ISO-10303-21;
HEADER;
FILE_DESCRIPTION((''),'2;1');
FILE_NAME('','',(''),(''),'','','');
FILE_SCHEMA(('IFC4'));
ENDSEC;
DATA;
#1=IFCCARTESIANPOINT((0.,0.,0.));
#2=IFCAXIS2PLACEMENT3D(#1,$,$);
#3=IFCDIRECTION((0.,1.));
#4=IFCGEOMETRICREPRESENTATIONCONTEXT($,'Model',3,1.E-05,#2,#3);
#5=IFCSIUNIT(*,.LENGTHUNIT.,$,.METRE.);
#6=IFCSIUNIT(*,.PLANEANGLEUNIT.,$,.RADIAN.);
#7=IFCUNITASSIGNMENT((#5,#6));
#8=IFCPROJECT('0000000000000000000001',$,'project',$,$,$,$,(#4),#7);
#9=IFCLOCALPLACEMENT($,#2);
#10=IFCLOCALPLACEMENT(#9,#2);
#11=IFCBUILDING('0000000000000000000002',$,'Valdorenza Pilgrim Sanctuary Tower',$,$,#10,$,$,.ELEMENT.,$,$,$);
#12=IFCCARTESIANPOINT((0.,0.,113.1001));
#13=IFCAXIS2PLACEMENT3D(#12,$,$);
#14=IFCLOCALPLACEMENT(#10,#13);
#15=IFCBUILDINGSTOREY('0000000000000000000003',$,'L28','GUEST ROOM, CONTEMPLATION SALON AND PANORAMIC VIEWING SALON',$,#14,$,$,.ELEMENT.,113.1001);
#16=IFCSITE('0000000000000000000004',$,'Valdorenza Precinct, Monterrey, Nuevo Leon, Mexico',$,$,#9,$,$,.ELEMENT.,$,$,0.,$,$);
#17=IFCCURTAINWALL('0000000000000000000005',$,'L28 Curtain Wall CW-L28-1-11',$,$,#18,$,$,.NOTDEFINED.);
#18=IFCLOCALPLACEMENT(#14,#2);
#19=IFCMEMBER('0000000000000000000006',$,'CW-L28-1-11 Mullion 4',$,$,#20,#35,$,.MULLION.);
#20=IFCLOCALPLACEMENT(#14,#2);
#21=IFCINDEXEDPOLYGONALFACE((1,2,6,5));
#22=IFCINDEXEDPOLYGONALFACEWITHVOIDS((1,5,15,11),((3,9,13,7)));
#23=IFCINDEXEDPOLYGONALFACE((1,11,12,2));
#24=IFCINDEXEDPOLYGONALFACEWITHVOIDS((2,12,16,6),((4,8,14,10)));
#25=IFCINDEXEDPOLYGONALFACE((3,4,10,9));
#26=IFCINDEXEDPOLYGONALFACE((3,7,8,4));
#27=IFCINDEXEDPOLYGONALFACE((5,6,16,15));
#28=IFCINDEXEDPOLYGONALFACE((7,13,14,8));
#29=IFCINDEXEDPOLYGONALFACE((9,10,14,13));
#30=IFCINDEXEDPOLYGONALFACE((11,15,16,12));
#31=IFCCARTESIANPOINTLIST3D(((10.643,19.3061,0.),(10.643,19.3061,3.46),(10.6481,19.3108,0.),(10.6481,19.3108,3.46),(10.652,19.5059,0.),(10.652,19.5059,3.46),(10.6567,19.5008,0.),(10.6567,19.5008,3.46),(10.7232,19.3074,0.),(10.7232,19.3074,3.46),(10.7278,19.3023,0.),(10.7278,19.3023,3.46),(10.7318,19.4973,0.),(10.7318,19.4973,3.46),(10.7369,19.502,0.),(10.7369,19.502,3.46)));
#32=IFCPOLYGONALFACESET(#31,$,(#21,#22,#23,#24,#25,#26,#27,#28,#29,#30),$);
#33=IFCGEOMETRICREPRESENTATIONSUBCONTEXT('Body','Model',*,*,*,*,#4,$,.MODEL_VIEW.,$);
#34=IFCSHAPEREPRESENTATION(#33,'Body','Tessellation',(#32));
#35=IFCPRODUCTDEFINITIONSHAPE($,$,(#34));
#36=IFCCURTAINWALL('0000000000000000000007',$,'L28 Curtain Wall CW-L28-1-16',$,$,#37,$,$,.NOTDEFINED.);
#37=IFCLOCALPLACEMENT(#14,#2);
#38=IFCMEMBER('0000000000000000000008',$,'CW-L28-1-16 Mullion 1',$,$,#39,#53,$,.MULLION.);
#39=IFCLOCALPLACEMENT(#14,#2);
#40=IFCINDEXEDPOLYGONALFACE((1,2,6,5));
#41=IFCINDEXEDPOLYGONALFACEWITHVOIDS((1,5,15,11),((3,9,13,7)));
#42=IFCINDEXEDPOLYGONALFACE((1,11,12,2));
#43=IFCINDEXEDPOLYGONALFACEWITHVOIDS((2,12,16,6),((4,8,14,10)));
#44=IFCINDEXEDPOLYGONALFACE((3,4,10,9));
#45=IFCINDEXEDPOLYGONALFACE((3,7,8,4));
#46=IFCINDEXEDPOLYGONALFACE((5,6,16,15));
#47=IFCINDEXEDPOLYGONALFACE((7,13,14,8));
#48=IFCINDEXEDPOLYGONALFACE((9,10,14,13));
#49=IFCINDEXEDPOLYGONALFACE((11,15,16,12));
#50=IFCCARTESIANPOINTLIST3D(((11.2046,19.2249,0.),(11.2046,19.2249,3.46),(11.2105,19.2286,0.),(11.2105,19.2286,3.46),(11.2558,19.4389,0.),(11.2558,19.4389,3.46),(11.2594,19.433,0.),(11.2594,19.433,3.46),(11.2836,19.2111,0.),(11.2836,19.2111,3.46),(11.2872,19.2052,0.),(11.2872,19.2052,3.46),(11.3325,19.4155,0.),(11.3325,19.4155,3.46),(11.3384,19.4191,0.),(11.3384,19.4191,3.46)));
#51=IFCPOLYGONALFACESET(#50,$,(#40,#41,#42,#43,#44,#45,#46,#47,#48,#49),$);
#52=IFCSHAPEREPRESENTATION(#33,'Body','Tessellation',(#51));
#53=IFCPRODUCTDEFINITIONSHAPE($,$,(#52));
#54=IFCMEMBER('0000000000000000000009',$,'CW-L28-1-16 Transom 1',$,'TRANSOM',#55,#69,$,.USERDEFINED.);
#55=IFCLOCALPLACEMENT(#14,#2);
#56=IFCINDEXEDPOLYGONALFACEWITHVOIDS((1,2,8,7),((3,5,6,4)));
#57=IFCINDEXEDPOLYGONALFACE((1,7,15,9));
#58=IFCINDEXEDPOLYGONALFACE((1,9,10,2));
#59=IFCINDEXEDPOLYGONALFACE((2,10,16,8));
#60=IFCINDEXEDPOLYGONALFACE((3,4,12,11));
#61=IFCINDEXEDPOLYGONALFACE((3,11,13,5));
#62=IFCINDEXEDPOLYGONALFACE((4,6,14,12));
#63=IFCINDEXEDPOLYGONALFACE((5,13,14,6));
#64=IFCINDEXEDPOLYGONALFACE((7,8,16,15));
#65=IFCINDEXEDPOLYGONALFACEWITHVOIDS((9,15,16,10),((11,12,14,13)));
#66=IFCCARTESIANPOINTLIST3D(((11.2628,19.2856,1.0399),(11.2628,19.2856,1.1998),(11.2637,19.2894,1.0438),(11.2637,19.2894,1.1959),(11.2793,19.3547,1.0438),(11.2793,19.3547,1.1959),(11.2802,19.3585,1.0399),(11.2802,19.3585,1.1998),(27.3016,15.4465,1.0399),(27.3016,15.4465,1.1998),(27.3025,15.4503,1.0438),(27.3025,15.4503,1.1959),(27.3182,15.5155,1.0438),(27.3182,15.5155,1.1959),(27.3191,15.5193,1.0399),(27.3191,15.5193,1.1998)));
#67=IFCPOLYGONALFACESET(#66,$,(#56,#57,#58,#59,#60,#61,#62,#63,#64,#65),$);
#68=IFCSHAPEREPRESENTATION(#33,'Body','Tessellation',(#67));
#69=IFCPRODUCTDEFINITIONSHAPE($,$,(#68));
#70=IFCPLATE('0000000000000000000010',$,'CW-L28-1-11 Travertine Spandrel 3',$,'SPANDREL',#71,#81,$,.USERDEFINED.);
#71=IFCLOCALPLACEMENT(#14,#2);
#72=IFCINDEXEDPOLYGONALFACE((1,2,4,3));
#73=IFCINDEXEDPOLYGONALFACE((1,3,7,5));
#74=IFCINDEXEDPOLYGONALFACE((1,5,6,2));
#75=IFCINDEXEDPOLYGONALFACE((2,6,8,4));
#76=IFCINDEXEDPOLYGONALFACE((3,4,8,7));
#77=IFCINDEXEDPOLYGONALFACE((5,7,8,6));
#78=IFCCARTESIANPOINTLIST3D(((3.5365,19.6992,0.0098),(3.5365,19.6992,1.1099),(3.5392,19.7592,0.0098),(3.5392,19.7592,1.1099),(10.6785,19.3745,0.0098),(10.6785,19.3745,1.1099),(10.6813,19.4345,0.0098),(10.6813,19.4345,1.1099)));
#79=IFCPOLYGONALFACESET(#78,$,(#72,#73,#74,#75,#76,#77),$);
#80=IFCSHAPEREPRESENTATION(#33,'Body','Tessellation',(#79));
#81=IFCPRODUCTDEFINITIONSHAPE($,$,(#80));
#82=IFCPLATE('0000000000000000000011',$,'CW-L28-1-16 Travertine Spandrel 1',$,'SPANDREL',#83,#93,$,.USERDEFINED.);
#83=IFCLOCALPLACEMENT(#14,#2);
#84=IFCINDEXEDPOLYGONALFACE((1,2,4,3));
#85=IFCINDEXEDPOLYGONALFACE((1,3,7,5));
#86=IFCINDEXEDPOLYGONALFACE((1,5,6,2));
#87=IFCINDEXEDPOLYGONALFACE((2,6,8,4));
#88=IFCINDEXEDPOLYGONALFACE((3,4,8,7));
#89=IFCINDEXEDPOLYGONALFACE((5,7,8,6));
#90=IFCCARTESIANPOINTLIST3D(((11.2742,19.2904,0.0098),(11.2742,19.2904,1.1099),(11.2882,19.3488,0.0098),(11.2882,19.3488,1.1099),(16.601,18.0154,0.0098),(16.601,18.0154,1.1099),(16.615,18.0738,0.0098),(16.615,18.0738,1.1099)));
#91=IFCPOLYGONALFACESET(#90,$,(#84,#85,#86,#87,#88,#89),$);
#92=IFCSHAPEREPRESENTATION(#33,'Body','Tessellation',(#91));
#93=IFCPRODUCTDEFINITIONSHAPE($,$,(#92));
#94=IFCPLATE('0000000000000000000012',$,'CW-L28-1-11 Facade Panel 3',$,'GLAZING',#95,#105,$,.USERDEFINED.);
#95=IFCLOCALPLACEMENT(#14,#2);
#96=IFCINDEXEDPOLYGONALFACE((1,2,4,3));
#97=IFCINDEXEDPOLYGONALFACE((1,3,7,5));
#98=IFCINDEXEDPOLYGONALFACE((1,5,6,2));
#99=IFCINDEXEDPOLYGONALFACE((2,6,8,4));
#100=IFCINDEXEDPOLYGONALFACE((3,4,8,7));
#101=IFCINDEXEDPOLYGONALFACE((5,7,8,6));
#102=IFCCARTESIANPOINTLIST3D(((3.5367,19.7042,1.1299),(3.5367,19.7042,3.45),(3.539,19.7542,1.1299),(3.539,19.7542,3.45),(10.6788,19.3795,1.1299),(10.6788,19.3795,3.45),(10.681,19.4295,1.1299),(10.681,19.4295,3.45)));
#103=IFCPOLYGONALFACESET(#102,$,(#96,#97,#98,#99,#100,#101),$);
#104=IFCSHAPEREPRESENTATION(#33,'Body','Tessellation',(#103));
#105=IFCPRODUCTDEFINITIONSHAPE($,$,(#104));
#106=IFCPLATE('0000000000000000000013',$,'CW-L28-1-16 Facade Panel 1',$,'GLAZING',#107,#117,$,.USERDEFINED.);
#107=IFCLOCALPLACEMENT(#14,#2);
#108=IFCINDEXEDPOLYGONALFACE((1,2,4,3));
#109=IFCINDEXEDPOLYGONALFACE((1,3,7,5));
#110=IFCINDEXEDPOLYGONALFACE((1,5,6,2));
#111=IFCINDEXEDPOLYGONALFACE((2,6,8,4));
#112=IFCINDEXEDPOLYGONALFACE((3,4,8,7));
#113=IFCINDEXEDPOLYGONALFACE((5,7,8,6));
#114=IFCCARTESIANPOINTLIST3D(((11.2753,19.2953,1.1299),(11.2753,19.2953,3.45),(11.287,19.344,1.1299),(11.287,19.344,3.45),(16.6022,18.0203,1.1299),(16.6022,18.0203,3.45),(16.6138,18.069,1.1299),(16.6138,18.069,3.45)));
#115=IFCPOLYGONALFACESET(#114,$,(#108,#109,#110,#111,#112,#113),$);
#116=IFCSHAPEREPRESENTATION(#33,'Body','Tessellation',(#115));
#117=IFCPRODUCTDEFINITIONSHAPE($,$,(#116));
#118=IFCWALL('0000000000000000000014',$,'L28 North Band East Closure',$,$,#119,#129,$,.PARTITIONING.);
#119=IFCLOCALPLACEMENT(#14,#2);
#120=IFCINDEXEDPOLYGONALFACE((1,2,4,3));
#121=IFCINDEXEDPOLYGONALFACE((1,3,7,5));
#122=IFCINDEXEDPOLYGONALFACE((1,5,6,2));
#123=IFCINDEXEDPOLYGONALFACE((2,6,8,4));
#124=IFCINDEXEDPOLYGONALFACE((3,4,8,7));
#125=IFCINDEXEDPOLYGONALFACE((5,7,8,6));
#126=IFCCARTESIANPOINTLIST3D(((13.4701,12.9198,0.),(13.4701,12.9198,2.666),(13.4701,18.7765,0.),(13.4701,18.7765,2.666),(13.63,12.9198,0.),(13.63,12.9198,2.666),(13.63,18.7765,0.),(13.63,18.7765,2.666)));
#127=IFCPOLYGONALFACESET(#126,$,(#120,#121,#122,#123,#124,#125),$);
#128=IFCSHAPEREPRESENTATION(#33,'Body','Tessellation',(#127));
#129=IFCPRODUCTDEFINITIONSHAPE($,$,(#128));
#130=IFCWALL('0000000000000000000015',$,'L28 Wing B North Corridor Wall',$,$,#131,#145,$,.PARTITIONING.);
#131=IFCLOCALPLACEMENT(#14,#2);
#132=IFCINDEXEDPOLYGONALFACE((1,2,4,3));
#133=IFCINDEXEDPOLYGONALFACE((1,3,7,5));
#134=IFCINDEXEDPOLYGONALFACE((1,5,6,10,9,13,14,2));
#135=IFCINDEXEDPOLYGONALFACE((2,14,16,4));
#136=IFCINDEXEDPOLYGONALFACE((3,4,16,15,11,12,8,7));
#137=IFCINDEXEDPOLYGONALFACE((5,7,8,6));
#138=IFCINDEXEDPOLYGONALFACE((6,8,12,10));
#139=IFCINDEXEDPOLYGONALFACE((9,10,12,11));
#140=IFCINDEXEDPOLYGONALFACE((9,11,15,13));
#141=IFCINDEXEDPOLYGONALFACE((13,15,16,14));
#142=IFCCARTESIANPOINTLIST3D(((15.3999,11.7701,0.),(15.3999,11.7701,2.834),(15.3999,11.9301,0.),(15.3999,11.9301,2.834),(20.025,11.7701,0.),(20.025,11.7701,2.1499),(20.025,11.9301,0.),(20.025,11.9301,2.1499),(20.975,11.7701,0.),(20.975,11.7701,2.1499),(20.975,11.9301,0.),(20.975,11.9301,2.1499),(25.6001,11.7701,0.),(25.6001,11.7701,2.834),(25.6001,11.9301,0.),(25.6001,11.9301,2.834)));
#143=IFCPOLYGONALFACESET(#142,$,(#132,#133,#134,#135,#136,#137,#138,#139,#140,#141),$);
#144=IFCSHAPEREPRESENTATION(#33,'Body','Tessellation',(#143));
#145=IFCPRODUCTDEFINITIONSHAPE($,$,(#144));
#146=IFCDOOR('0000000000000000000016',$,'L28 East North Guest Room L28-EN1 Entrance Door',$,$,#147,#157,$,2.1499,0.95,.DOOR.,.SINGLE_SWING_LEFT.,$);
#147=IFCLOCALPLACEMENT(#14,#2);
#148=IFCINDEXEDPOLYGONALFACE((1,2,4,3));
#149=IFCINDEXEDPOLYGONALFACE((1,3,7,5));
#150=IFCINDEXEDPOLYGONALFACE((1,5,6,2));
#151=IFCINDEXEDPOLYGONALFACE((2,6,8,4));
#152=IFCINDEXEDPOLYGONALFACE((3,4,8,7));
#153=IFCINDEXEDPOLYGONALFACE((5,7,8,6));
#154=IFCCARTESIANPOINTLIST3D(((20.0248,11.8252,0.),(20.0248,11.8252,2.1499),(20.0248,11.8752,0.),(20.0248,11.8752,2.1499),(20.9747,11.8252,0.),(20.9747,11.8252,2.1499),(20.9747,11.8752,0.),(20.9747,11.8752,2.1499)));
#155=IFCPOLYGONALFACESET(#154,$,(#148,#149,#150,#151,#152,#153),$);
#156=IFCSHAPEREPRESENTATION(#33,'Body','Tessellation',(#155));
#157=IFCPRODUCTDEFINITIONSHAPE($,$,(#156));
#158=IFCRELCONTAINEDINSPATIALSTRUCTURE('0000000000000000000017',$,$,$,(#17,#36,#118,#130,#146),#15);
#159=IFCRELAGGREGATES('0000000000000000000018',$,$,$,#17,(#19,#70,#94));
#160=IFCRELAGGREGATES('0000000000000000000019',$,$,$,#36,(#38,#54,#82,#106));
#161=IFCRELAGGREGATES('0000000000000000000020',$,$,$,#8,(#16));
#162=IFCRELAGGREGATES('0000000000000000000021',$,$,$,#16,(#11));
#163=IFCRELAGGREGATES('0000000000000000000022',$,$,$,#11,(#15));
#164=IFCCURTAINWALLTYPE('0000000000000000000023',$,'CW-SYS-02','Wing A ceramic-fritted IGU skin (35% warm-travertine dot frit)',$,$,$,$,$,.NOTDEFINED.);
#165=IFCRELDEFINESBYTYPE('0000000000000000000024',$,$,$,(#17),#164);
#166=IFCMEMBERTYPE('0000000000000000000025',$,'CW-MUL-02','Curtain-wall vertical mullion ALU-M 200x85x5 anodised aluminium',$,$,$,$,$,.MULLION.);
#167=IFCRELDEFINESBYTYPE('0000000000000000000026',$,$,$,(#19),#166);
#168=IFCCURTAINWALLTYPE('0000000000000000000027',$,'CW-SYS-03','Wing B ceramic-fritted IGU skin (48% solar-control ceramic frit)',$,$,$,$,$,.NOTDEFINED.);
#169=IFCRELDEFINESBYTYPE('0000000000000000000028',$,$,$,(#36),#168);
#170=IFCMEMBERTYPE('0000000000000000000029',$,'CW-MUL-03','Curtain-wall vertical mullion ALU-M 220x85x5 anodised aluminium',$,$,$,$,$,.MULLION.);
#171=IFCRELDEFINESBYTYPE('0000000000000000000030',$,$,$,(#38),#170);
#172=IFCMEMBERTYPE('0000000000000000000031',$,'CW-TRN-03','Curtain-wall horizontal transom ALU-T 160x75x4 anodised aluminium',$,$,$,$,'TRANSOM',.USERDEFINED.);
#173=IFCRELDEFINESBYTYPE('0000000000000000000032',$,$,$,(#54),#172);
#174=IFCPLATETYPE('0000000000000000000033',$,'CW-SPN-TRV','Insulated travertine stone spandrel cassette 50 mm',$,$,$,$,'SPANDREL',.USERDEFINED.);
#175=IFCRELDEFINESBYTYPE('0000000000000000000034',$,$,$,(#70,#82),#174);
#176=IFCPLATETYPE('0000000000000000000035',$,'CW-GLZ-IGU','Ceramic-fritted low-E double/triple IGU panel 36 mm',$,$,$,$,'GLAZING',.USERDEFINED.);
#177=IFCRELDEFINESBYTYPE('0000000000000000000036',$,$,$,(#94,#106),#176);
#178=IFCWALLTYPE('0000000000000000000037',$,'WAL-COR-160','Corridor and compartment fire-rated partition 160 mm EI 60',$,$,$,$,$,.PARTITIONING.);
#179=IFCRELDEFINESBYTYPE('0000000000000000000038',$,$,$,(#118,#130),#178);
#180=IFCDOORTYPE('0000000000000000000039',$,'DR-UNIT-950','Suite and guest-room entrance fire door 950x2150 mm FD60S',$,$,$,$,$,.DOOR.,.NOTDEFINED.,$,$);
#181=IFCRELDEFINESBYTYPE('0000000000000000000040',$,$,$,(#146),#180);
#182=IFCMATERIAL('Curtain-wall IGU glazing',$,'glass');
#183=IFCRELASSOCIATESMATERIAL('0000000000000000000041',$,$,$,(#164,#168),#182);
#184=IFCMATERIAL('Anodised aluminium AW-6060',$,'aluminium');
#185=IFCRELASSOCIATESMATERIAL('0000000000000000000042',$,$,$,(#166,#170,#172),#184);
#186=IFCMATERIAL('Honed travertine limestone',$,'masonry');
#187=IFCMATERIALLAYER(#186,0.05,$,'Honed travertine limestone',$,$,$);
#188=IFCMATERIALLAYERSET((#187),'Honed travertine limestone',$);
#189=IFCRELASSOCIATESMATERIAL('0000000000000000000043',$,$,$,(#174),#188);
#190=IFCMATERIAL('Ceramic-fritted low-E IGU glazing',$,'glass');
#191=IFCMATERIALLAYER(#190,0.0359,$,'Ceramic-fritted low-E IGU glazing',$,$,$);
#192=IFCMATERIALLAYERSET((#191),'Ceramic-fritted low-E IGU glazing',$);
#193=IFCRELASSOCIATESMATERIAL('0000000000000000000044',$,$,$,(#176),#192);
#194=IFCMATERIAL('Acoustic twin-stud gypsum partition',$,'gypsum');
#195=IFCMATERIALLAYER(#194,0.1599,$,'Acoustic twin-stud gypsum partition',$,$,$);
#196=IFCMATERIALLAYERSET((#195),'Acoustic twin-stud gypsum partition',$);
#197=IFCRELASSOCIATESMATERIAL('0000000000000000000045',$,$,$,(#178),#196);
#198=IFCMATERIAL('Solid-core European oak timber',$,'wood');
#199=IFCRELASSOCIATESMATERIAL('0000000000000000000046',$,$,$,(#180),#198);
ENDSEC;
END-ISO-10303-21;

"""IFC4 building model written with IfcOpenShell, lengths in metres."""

from ifc_helpers import new_model, si_unit, direction, frame, frame_2d, origin, origin_2d, place, context, subcontext, project, spatial, rectangle, hollow_rectangle, extrude, source, transform, mapped, material, layer, layer_set, material_profile, profile_set, type_object, element, fill, aggregate, save


model = new_model("IFC4")

# Units and contexts
model_context = context("Model", 3, precision=1e-05, world=origin(), true_north=direction((0.0, 1.0)))
body_context = subcontext(model_context, "Body", "Model", "MODEL_VIEW")
ifc_project = project(units=[si_unit("LENGTHUNIT", "METRE"), si_unit("PLANEANGLEUNIT", "RADIAN")], contexts=[model_context])

# Site, building, storey
site_placement = place(None, origin())
site = spatial("IfcSite", under=ifc_project, at=site_placement, Name="Valdorenza Precinct, Monterrey, Nuevo Leon, Mexico", CompositionType="ELEMENT", RefElevation=0.0)
building_placement = place(site_placement, origin())
building = spatial("IfcBuilding", under=site, at=building_placement, Name="Valdorenza Pilgrim Sanctuary Tower", CompositionType="ELEMENT")
storey_placement = place(building_placement, frame((0.0, 0.0, 113.1001)))
storey = spatial("IfcBuildingStorey", under=building, at=storey_placement, Name="L28", Description="GUEST ROOM, CONTEMPLATION SALON AND PANORAMIC VIEWING SALON", CompositionType="ELEMENT", Elevation=113.1001)

# Curtain wall, member
ifc_material_1 = material(Name="Curtain-wall IGU glazing", Category="glass")
curtain_wall_type_1 = type_object("IfcCurtainWallType", Name="CW-SYS-02", Description="Wing A ceramic-fritted IGU skin (35% warm-travertine dot frit)", PredefinedType="NOTDEFINED", material=ifc_material_1)
curtain_wall_1_placement = place(storey_placement, origin())
curtain_wall_1 = element("IfcCurtainWall", 1, at=curtain_wall_1_placement, inside=storey, type_object=curtain_wall_type_1, Name="L28 Curtain Wall CW-L28-1-11", PredefinedType="NOTDEFINED")
ifc_material_2 = material(Name="Anodised aluminium AW-6060", Category="aluminium")
ifc_material_profile_1 = material_profile(ifc_material_2, hollow_rectangle(XDim=0.085, YDim=0.2, WallThickness=0.0049, at=origin_2d()), Name="ALU-M 200x85x5")
ifc_profile_set_1 = profile_set([ifc_material_profile_1], Name="Anodised aluminium AW-6060")
member_type_1 = type_object("IfcMemberType", Name="CW-MUL-02", Description="Curtain-wall vertical mullion ALU-M 200x85x5 anodised aluminium", PredefinedType="MULLION", material=ifc_profile_set_1)
shared_shape_1 = source(origin(), body_context, "Body", "SweptSolid", [
    extrude(hollow_rectangle(XDim=0.085, YDim=0.2, WallThickness=0.0049, at=origin_2d()), origin(), (0.0, 0.0, 1.0), 3.46),
])
member_1_placement = place(storey_placement, frame((10.6899, 19.4041, 0.0), z_axis=(0.0, 0.0, 1.0), x_axis=(0.998968, -0.045415, 0.0)))
member_1 = element("IfcMember", 2, at=member_1_placement, type_object=member_type_1, Name="CW-L28-1-11 Mullion 4", PredefinedType="MULLION", context=body_context, shape_type="MappedRepresentation", body=[
    mapped(shared_shape_1, transform((0.0, 0.0, 0.0), x_axis=(1.0, 0.0, 0.0), y_axis=(0.0, 1.0, 0.0), z_axis=(0.0, 0.0, 1.0), scale=1.0)),
])

# Curtain wall, members
curtain_wall_type_2 = type_object("IfcCurtainWallType", Name="CW-SYS-03", Description="Wing B ceramic-fritted IGU skin (48% solar-control ceramic frit)", PredefinedType="NOTDEFINED", material=ifc_material_1)
curtain_wall_2_placement = place(storey_placement, origin())
curtain_wall_2 = element("IfcCurtainWall", 3, at=curtain_wall_2_placement, inside=storey, type_object=curtain_wall_type_2, Name="L28 Curtain Wall CW-L28-1-16", PredefinedType="NOTDEFINED")
ifc_material_profile_2 = material_profile(ifc_material_2, hollow_rectangle(XDim=0.085, YDim=0.22, WallThickness=0.0049, at=origin_2d()), Name="ALU-M 220x85x5")
ifc_profile_set_2 = profile_set([ifc_material_profile_2], Name="Anodised aluminium AW-6060")
member_type_2 = type_object("IfcMemberType", Name="CW-MUL-03", Description="Curtain-wall vertical mullion ALU-M 220x85x5 anodised aluminium", PredefinedType="MULLION", material=ifc_profile_set_2)
shared_shape_2 = source(origin(), body_context, "Body", "SweptSolid", [
    extrude(hollow_rectangle(XDim=0.085, YDim=0.22, WallThickness=0.0049, at=origin_2d()), origin(), (0.0, 0.0, 1.0), 3.46),
])
member_2_placement = place(storey_placement, frame((11.2715, 19.322, 0.0), z_axis=(0.0, 0.0, 1.0), x_axis=(0.972529, -0.232783, 0.0)))
member_2 = element("IfcMember", 4, at=member_2_placement, type_object=member_type_2, Name="CW-L28-1-16 Mullion 1", PredefinedType="MULLION", context=body_context, shape_type="MappedRepresentation", body=[
    mapped(shared_shape_2, transform((0.0, 0.0, 0.0), x_axis=(1.0, 0.0, 0.0), y_axis=(0.0, 1.0, 0.0), z_axis=(0.0, 0.0, 1.0), scale=1.0)),
])
ifc_material_profile_3 = material_profile(ifc_material_2, hollow_rectangle(XDim=0.075, YDim=0.1599, WallThickness=0.0039, at=origin_2d()), Name="ALU-T 160x75x4")
ifc_profile_set_3 = profile_set([ifc_material_profile_3], Name="Anodised aluminium AW-6060")
member_type_3 = type_object("IfcMemberType", Name="CW-TRN-03", Description="Curtain-wall horizontal transom ALU-T 160x75x4 anodised aluminium", ElementType="TRANSOM", PredefinedType="USERDEFINED", material=ifc_profile_set_3)
shared_shape_3 = source(origin(), body_context, "Body", "SweptSolid", [
    extrude(hollow_rectangle(XDim=0.075, YDim=0.1599, WallThickness=0.0039, at=origin_2d()), origin(), (0.0, 0.0, 1.0), 16.4919),
])
member_3_placement = place(storey_placement, frame((11.2715, 19.322, 1.1199), z_axis=(0.972528, -0.232788, 0.0), x_axis=(0.232788, 0.972528, 0.0)))
member_3 = element("IfcMember", 5, at=member_3_placement, type_object=member_type_3, Name="CW-L28-1-16 Transom 1", ObjectType="TRANSOM", PredefinedType="USERDEFINED", context=body_context, shape_type="MappedRepresentation", body=[
    mapped(shared_shape_3, transform((0.0, 0.0, 0.0), x_axis=(1.0, 0.0, 0.0), y_axis=(0.0, 1.0, 0.0), z_axis=(0.0, 0.0, 1.0), scale=1.0)),
])

# Plates
ifc_material_3 = material(Name="Honed travertine limestone", Category="masonry")
ifc_layer_1 = layer(ifc_material_3, 0.05, Name="Honed travertine limestone")
ifc_layer_set_1 = layer_set([ifc_layer_1], Name="Honed travertine limestone")
plate_type_1 = type_object("IfcPlateType", Name="CW-SPN-TRV", Description="Insulated travertine stone spandrel cassette 50 mm", ElementType="SPANDREL", PredefinedType="USERDEFINED", material=ifc_layer_set_1)
shared_shape_4 = source(origin(), body_context, "Body", "SweptSolid", [
    extrude(rectangle(XDim=7.1494, YDim=0.0601, at=origin_2d()), origin(), (0.0, 0.0, 1.0), 1.1001),
])
plate_1_placement = place(storey_placement, frame((7.1089, 19.5669, 0.0098), z_axis=(0.0, 0.0, 1.0), x_axis=(0.998968, -0.045415, 0.0)))
plate_1 = element("IfcPlate", 6, at=plate_1_placement, type_object=plate_type_1, Name="CW-L28-1-11 Travertine Spandrel 3", ObjectType="SPANDREL", PredefinedType="USERDEFINED", context=body_context, shape_type="MappedRepresentation", body=[
    mapped(shared_shape_4, transform((0.0, 0.0, 0.0), x_axis=(1.0, 0.0, 0.0), y_axis=(0.0, 1.0, 0.0), z_axis=(0.0, 0.0, 1.0), scale=1.0)),
])
shared_shape_5 = source(origin(), body_context, "Body", "SweptSolid", [
    extrude(rectangle(XDim=5.4773, YDim=0.0601, at=origin_2d()), origin(), (0.0, 0.0, 1.0), 1.1001),
])
plate_2_placement = place(storey_placement, frame((13.9446, 18.6821, 0.0098), z_axis=(0.0, 0.0, 1.0), x_axis=(0.972529, -0.232783, 0.0)))
plate_2 = element("IfcPlate", 7, at=plate_2_placement, type_object=plate_type_1, Name="CW-L28-1-16 Travertine Spandrel 1", ObjectType="SPANDREL", PredefinedType="USERDEFINED", context=body_context, shape_type="MappedRepresentation", body=[
    mapped(shared_shape_5, transform((0.0, 0.0, 0.0), x_axis=(1.0, 0.0, 0.0), y_axis=(0.0, 1.0, 0.0), z_axis=(0.0, 0.0, 1.0), scale=1.0)),
])
ifc_material_4 = material(Name="Ceramic-fritted low-E IGU glazing", Category="glass")
ifc_layer_2 = layer(ifc_material_4, 0.0359, Name="Ceramic-fritted low-E IGU glazing")
ifc_layer_set_2 = layer_set([ifc_layer_2], Name="Ceramic-fritted low-E IGU glazing")
plate_type_2 = type_object("IfcPlateType", Name="CW-GLZ-IGU", Description="Ceramic-fritted low-E double/triple IGU panel 36 mm", ElementType="GLAZING", PredefinedType="USERDEFINED", material=ifc_layer_set_2)
shared_shape_6 = source(origin(), body_context, "Body", "SweptSolid", [
    extrude(rectangle(XDim=7.1494, YDim=0.05, at=origin_2d()), origin(), (0.0, 0.0, 1.0), 2.3201),
])
plate_3_placement = place(storey_placement, frame((7.1089, 19.5669, 1.1299), z_axis=(0.0, 0.0, 1.0), x_axis=(0.998968, -0.045415, 0.0)))
plate_3 = element("IfcPlate", 8, at=plate_3_placement, type_object=plate_type_2, Name="CW-L28-1-11 Facade Panel 3", ObjectType="GLAZING", PredefinedType="USERDEFINED", context=body_context, shape_type="MappedRepresentation", body=[
    mapped(shared_shape_6, transform((0.0, 0.0, 0.0), x_axis=(1.0, 0.0, 0.0), y_axis=(0.0, 1.0, 0.0), z_axis=(0.0, 0.0, 1.0), scale=1.0)),
])
aggregate(curtain_wall_1, [member_1, plate_1, plate_3])
shared_shape_7 = source(origin(), body_context, "Body", "SweptSolid", [
    extrude(rectangle(XDim=5.4773, YDim=0.05, at=origin_2d()), origin(), (0.0, 0.0, 1.0), 2.3201),
])
plate_4_placement = place(storey_placement, frame((13.9446, 18.6821, 1.1299), z_axis=(0.0, 0.0, 1.0), x_axis=(0.972529, -0.232783, 0.0)))
plate_4 = element("IfcPlate", 9, at=plate_4_placement, type_object=plate_type_2, Name="CW-L28-1-16 Facade Panel 1", ObjectType="GLAZING", PredefinedType="USERDEFINED", context=body_context, shape_type="MappedRepresentation", body=[
    mapped(shared_shape_7, transform((0.0, 0.0, 0.0), x_axis=(1.0, 0.0, 0.0), y_axis=(0.0, 1.0, 0.0), z_axis=(0.0, 0.0, 1.0), scale=1.0)),
])
aggregate(curtain_wall_2, [member_2, member_3, plate_2, plate_4])

# Wall
ifc_material_5 = material(Name="Acoustic twin-stud gypsum partition", Category="gypsum")
ifc_layer_3 = layer(ifc_material_5, 0.1599, Name="Acoustic twin-stud gypsum partition")
ifc_layer_set_3 = layer_set([ifc_layer_3], Name="Acoustic twin-stud gypsum partition")
wall_type_1 = type_object("IfcWallType", Name="WAL-COR-160", Description="Corridor and compartment fire-rated partition 160 mm EI 60", PredefinedType="PARTITIONING", material=ifc_layer_set_3)
wall_1_placement = place(storey_placement, frame((13.55, 12.9199, 0.0), z_axis=(0.0, 0.0, 1.0), x_axis=(0.0, 1.0, 0.0)))
element("IfcWall", 10, at=wall_1_placement, inside=storey, type_object=wall_type_1, Name="L28 North Band East Closure", PredefinedType="PARTITIONING", context=body_context, shape_type="SweptSolid", body=[
    extrude(rectangle(XDim=5.8567, YDim=0.1599, at=frame_2d((2.9282, 0.0))), origin(), (0.0, 0.0, 1.0), 2.666),
])

# Wall, opening, door
wall_2_placement = place(storey_placement, frame((15.3999, 11.8501, 0.0), z_axis=(0.0, 0.0, 1.0), x_axis=(1.0, 0.0, 0.0)))
wall_2 = element("IfcWall", 11, at=wall_2_placement, inside=storey, type_object=wall_type_1, Name="L28 Wing B North Corridor Wall", PredefinedType="PARTITIONING", context=body_context, shape_type="SweptSolid", body=[
    extrude(rectangle(XDim=10.2002, YDim=0.1599, at=frame_2d((5.1001, 0.0))), origin(), (0.0, 0.0, 1.0), 2.834),
])
opening_1_placement = place(wall_2_placement, frame((4.625, 0.0, 0.0)))
opening_1 = element("IfcOpeningElement", 12, at=opening_1_placement, cuts=wall_2, PredefinedType="OPENING", context=body_context, shape_type="SweptSolid", body=[
    extrude(rectangle(XDim=0.95, YDim=2.1499, at=frame_2d((0.4751, 1.075))), frame((0.0, 0.0947, 0.0), z_axis=(0.0, -1.0, 0.0), x_axis=(1.0, 0.0, 0.0)), (0.0, 0.0, 1.0), 0.1897),
])
ifc_material_6 = material(Name="Solid-core European oak timber", Category="wood")
door_type_1 = type_object("IfcDoorType", Name="DR-UNIT-950", Description="Suite and guest-room entrance fire door 950x2150 mm FD60S", OperationType="NOTDEFINED", PredefinedType="DOOR", material=ifc_material_6)
door_1_placement = place(opening_1_placement, frame((0.95, 0.0, 0.0), z_axis=(0.0, 0.0, 1.0), x_axis=(-1.0, 0.0, 0.0)))
door_1 = element("IfcDoor", 13, at=door_1_placement, inside=storey, type_object=door_type_1, Name="L28 East North Guest Room L28-EN1 Entrance Door", OperationType="SINGLE_SWING_LEFT", OverallHeight=2.1499, OverallWidth=0.95, PredefinedType="DOOR", context=body_context, shape_type="SweptSolid", body=[
    extrude(rectangle(XDim=0.95, YDim=2.1499, at=frame_2d((0.4751, 1.075))), frame((0.0, 0.0249, 0.0), z_axis=(0.0, -1.0, 0.0), x_axis=(1.0, 0.0, 0.0)), (0.0, 0.0, 1.0), 0.05),
])
fill(opening_1, door_1)

save(model, "model.ifc")
